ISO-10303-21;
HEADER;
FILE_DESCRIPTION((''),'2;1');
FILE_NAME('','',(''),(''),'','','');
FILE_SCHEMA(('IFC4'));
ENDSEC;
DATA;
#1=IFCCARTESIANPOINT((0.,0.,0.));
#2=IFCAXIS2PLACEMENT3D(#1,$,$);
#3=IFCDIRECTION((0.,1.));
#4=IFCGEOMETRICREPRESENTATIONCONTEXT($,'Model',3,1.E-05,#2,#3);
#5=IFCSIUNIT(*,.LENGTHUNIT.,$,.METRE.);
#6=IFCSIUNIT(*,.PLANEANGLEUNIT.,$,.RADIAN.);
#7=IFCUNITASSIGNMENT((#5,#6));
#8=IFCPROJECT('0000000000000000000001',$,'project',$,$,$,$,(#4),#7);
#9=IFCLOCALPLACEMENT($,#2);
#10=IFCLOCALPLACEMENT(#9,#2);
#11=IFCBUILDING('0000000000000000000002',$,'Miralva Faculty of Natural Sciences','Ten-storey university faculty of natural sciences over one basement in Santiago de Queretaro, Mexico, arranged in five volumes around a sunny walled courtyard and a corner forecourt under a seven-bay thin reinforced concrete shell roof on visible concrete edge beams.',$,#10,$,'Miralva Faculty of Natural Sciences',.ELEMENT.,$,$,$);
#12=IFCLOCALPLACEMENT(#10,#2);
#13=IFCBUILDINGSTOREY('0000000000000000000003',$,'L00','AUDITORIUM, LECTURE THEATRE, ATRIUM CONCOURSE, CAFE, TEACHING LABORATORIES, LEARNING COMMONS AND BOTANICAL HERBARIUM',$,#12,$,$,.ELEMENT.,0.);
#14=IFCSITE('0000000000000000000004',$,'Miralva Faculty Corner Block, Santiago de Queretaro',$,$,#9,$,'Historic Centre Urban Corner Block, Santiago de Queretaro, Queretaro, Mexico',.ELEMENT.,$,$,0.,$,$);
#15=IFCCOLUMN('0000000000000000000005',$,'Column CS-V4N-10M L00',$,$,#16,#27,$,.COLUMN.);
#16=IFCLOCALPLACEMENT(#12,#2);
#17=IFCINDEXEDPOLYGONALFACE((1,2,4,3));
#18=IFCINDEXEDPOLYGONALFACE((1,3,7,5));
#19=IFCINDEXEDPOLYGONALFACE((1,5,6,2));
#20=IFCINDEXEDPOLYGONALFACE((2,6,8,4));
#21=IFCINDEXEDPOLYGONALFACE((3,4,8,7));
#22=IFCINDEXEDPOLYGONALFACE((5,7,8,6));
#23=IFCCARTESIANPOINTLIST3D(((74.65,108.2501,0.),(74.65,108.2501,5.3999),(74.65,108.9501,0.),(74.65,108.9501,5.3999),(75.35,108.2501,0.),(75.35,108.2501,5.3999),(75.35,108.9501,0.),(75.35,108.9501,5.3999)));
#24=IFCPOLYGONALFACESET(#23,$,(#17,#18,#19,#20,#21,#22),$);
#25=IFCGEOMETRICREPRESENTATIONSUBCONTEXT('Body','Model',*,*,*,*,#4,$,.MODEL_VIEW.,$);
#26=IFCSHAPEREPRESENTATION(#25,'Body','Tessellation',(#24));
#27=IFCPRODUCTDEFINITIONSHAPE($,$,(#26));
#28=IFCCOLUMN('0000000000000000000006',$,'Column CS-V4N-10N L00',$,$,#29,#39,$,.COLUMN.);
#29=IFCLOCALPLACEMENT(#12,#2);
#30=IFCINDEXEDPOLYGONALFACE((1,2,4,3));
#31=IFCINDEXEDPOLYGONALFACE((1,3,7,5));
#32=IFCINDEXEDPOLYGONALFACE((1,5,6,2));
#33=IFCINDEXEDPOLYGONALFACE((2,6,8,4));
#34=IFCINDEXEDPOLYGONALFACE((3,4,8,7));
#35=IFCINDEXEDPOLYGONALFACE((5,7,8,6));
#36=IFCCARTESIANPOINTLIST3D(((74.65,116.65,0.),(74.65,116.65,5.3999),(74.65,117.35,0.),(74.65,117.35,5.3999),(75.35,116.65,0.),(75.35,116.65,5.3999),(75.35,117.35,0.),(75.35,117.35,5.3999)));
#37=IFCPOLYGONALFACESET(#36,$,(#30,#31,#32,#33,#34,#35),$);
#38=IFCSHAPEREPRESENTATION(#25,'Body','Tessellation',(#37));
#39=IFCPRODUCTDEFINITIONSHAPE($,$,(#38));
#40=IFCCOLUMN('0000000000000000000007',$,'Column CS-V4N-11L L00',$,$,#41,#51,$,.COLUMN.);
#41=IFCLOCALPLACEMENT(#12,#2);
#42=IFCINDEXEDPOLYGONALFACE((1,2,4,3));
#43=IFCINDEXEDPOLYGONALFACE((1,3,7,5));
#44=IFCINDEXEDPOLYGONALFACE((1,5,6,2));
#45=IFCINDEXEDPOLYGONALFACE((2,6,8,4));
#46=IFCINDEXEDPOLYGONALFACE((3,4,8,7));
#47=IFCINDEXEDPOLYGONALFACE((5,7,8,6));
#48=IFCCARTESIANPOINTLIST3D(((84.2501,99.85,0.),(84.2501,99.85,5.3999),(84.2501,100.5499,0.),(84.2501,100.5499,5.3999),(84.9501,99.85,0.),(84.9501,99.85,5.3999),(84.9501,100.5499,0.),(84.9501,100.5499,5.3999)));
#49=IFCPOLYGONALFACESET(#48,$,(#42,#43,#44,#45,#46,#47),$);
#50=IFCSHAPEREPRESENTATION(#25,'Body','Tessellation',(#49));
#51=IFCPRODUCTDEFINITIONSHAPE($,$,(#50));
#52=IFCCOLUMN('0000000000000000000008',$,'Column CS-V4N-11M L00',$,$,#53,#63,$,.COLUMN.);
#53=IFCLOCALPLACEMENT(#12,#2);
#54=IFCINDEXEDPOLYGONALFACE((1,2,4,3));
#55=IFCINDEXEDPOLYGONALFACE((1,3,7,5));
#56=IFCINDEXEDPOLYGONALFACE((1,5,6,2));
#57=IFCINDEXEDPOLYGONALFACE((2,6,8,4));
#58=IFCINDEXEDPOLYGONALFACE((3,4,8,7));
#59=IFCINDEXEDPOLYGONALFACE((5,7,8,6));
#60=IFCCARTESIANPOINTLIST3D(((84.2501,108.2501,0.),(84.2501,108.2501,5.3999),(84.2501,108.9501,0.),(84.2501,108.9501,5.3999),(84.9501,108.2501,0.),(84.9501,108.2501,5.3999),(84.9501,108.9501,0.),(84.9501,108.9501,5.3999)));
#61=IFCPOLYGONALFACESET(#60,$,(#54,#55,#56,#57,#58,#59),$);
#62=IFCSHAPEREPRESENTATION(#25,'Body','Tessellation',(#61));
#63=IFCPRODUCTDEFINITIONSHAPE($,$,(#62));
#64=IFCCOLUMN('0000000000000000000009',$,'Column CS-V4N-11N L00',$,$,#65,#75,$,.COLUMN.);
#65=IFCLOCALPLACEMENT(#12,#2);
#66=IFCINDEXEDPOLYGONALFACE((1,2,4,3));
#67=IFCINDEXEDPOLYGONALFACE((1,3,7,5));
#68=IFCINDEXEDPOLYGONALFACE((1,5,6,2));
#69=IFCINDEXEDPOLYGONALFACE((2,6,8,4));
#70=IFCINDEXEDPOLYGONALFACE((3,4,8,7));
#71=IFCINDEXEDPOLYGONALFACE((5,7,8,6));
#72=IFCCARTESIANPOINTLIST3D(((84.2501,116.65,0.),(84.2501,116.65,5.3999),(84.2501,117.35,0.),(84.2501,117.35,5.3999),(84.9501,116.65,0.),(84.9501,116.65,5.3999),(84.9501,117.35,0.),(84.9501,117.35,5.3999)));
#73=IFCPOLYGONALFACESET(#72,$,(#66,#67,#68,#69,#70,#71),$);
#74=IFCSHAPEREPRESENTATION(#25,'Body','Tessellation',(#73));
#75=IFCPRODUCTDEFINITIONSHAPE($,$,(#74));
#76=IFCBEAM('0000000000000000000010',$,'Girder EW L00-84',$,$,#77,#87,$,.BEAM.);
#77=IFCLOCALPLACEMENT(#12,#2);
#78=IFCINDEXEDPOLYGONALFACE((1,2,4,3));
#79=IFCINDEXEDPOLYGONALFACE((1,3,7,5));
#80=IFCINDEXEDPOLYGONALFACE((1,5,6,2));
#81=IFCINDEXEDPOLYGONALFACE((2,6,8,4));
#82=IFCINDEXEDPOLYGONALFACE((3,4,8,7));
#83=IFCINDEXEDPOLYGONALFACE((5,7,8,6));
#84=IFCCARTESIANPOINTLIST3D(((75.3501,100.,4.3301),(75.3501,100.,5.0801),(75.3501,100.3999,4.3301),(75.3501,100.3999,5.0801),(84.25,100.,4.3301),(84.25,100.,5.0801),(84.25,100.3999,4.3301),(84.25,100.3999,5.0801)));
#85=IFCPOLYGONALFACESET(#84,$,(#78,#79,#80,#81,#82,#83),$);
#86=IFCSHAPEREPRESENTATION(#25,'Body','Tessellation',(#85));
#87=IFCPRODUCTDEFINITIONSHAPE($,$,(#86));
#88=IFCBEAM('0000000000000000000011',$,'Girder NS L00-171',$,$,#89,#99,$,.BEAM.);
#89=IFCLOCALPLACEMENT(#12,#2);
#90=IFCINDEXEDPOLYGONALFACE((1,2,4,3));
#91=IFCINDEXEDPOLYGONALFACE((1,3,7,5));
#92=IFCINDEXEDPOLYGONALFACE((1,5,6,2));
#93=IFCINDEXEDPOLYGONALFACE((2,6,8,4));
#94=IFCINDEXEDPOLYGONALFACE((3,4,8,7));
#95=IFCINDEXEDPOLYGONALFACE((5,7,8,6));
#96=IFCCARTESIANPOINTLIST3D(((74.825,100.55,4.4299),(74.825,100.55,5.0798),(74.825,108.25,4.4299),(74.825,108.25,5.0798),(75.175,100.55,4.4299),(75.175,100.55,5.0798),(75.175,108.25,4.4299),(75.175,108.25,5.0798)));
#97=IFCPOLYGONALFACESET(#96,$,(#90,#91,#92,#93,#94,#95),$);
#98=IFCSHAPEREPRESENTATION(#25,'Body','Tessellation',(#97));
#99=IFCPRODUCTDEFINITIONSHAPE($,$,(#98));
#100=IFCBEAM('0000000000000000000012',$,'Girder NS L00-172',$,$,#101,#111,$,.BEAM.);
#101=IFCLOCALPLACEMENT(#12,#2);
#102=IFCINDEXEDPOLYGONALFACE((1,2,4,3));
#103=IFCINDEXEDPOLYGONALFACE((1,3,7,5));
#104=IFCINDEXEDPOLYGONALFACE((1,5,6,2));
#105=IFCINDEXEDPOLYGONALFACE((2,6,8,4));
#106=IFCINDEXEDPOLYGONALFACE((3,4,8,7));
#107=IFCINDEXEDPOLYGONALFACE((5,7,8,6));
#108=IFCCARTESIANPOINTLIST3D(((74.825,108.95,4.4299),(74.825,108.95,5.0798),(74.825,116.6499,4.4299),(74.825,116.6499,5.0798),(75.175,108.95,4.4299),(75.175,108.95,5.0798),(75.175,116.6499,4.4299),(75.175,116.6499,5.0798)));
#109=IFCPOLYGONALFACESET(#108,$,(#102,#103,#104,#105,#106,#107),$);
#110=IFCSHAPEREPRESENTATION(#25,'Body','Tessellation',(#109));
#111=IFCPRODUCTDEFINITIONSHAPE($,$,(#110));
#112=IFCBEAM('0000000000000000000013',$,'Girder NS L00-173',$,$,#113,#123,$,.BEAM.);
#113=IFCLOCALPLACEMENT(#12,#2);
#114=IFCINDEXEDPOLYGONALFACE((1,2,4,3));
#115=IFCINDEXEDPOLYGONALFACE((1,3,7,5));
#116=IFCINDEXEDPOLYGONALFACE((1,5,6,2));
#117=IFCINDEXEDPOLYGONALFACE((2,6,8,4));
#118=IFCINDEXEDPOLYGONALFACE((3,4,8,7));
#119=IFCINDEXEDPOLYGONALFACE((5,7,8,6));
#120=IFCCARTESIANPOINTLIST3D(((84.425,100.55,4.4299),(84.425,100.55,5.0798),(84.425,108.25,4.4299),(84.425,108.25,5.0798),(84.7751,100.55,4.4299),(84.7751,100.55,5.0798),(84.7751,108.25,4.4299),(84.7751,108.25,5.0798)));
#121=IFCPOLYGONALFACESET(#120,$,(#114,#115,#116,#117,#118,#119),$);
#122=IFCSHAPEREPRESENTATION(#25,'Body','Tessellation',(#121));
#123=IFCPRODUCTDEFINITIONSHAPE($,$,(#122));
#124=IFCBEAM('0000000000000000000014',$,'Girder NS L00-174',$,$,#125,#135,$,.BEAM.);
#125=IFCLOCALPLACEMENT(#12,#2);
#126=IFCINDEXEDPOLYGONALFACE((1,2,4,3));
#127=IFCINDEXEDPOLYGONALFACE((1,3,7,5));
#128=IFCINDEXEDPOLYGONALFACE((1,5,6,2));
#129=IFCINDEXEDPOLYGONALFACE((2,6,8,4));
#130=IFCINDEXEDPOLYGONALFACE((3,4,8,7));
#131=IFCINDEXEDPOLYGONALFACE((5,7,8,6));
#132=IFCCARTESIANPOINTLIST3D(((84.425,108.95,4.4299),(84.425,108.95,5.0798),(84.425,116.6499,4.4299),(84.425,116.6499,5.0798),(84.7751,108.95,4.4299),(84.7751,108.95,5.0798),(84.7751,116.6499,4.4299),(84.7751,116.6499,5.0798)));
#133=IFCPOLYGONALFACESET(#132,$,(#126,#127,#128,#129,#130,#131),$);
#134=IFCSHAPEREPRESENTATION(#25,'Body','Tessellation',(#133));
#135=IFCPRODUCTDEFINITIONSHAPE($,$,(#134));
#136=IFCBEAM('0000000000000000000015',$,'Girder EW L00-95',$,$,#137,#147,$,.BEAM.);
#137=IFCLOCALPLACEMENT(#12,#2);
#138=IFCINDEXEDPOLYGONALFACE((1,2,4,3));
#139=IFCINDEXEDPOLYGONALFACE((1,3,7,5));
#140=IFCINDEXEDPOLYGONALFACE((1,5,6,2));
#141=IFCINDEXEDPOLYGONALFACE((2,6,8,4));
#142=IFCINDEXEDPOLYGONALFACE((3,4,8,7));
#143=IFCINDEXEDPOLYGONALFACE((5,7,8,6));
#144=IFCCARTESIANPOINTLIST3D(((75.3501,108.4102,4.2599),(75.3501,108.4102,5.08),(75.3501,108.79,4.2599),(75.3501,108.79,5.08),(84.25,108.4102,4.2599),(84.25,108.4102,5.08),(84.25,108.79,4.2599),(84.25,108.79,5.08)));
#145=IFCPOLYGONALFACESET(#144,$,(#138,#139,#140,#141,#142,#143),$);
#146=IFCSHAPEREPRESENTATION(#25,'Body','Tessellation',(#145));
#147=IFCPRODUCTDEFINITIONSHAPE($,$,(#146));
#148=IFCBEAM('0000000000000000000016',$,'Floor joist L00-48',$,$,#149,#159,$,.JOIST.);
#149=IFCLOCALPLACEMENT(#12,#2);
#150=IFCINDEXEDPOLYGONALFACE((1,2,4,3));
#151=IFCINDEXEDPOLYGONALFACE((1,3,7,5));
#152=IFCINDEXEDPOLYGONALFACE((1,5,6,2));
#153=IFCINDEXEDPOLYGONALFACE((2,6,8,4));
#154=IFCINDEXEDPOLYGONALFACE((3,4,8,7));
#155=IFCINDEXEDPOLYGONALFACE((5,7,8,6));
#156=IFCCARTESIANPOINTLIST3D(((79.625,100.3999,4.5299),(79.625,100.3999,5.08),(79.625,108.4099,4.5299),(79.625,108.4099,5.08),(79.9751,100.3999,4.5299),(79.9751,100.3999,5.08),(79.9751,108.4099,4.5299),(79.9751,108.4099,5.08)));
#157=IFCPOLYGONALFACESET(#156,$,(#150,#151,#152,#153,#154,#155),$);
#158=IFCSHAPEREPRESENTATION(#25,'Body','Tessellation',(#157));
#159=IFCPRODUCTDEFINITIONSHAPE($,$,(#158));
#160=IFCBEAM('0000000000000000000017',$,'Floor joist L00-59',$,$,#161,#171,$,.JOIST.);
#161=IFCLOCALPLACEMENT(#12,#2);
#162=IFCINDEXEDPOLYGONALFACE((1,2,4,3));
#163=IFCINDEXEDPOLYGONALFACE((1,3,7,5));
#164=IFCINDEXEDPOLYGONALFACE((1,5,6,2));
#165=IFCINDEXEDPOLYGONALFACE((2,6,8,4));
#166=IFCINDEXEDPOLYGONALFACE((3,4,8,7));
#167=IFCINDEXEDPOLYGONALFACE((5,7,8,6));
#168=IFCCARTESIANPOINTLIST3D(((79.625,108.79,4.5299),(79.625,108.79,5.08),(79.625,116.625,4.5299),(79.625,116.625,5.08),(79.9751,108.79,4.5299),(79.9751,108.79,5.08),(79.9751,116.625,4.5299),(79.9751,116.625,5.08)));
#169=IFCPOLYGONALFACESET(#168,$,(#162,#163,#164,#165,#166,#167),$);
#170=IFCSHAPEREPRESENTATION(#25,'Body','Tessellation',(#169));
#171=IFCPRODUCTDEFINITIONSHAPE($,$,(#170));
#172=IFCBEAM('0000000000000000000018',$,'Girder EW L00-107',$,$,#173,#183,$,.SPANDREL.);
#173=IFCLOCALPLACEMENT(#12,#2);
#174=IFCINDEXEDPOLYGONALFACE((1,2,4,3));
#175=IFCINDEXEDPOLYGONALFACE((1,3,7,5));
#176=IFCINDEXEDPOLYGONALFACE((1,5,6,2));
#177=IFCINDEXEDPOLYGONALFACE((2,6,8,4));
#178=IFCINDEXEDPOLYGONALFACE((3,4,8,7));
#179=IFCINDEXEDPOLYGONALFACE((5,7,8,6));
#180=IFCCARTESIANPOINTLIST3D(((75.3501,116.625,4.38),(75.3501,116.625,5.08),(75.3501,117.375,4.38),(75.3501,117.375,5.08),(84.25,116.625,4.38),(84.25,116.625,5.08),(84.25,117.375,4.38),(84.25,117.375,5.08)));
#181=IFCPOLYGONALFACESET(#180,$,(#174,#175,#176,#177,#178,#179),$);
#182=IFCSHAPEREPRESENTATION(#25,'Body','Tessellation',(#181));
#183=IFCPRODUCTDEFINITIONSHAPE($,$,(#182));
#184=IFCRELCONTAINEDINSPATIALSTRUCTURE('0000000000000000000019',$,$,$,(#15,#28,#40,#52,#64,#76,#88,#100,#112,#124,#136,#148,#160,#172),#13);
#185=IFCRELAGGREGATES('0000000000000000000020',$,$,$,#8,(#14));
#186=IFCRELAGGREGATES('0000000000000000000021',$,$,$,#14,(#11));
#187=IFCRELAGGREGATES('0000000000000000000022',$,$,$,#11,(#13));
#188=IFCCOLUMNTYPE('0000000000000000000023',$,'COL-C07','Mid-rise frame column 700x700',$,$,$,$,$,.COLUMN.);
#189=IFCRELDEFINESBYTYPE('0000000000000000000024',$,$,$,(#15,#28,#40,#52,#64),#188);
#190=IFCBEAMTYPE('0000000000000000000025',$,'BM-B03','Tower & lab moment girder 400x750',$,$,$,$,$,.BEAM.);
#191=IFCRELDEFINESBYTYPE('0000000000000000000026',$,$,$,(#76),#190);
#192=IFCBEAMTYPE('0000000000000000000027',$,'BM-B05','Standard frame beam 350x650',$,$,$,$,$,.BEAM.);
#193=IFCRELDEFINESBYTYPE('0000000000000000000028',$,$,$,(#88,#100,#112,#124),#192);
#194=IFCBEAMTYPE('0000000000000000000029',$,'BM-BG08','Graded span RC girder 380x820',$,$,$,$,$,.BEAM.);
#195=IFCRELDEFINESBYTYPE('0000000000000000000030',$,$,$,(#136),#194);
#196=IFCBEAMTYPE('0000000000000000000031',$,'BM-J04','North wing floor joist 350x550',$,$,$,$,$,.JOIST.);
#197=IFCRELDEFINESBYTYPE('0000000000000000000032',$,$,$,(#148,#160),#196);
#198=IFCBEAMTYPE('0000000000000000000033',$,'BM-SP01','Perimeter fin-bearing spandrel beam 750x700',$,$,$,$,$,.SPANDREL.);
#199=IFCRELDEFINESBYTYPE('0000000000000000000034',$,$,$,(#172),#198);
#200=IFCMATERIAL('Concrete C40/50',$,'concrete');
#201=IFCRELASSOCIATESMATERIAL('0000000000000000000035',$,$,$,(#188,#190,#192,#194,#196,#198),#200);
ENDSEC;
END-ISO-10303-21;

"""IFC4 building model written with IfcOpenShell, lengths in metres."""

from ifc_helpers import new_model, si_unit, direction, frame, origin, origin_2d, place, context, subcontext, project, spatial, rectangle, extrude, material, material_profile, profile_set, type_object, element, save


model = new_model("IFC4")

# Units and contexts
model_context = context("Model", 3, precision=1e-05, world=origin(), true_north=direction((0.0, 1.0)))
body_context = subcontext(model_context, "Body", "Model", "MODEL_VIEW")
ifc_project = project(units=[si_unit("LENGTHUNIT", "METRE"), si_unit("PLANEANGLEUNIT", "RADIAN")], contexts=[model_context])

# Site, building, storey
site_placement = place(None, origin())
site = spatial("IfcSite", under=ifc_project, at=site_placement, Name="Miralva Faculty Corner Block, Santiago de Queretaro", LongName="Historic Centre Urban Corner Block, Santiago de Queretaro, Queretaro, Mexico", CompositionType="ELEMENT", RefElevation=0.0)
building_placement = place(site_placement, origin())
building = spatial("IfcBuilding", under=site, at=building_placement, Name="Miralva Faculty of Natural Sciences", Description="Ten-storey university faculty of natural sciences over one basement in Santiago de Queretaro, Mexico, arranged in five volumes around a sunny walled courtyard and a corner forecourt under a seven-bay thin reinforced concrete shell roof on visible concrete edge beams.", LongName="Miralva Faculty of Natural Sciences", CompositionType="ELEMENT")
storey_placement = place(building_placement, origin())
storey = spatial("IfcBuildingStorey", under=building, at=storey_placement, Name="L00", Description="AUDITORIUM, LECTURE THEATRE, ATRIUM CONCOURSE, CAFE, TEACHING LABORATORIES, LEARNING COMMONS AND BOTANICAL HERBARIUM", CompositionType="ELEMENT", Elevation=0.0)

# Columns
ifc_material_1 = material(Name="Concrete C40/50", Category="concrete")
ifc_material_profile_1 = material_profile(ifc_material_1, rectangle(XDim=0.7, YDim=0.7, at=origin_2d()), Name="RC 700x700")
ifc_profile_set_1 = profile_set([ifc_material_profile_1], Name="Concrete C40/50")
column_type = type_object("IfcColumnType", Name="COL-C07", Description="Mid-rise frame column 700x700", PredefinedType="COLUMN", material=ifc_profile_set_1)
for number, where, z_axis, x_axis, name in (
    (1, (75.0, 108.6001, 0.0), (0.0, 0.0, 1.0), (1.0, 0.0, 0.0), "Column CS-V4N-10M L00"),
    (2, (75.0, 117.0, 0.0), (0.0, 0.0, 1.0), (1.0, 0.0, 0.0), "Column CS-V4N-10N L00"),
    (3, (84.6001, 100.2, 0.0), (0.0, 0.0, 1.0), (1.0, 0.0, 0.0), "Column CS-V4N-11L L00"),
    (4, (84.6001, 108.6001, 0.0), (0.0, 0.0, 1.0), (1.0, 0.0, 0.0), "Column CS-V4N-11M L00"),
    (5, (84.6001, 117.0, 0.0), (0.0, 0.0, 1.0), (1.0, 0.0, 0.0), "Column CS-V4N-11N L00"),
):
    element("IfcColumn", number, at=place(storey_placement, frame(where, z_axis=z_axis, x_axis=x_axis)), inside=storey, type_object=column_type, Name=name, PredefinedType="COLUMN", context=body_context, shape_type="SweptSolid", body=[
        extrude(rectangle(XDim=0.7, YDim=0.7, at=origin_2d()), origin(), (0.0, 0.0, 1.0), 5.3999),
    ])

# Beams
ifc_material_profile_2 = material_profile(ifc_material_1, rectangle(XDim=0.3999, YDim=0.75, at=origin_2d()), Name="RC 400x750")
ifc_profile_set_2 = profile_set([ifc_material_profile_2], Name="Concrete C40/50")
beam_type_1 = type_object("IfcBeamType", Name="BM-B03", Description="Tower & lab moment girder 400x750", PredefinedType="BEAM", material=ifc_profile_set_2)
beam_1_placement = place(storey_placement, frame((75.3501, 100.2, 4.7051), z_axis=(1.0, 0.0, 0.0), x_axis=(0.0, 1.0, 0.0)))
element("IfcBeam", 6, at=beam_1_placement, inside=storey, type_object=beam_type_1, Name="Girder EW L00-84", PredefinedType="BEAM", context=body_context, shape_type="SweptSolid", body=[
    extrude(rectangle(XDim=0.3999, YDim=0.75, at=origin_2d()), origin(), (0.0, 0.0, 1.0), 8.8999),
])
ifc_material_profile_3 = material_profile(ifc_material_1, rectangle(XDim=0.3501, YDim=0.6499, at=origin_2d()), Name="RC 350x650")
ifc_profile_set_3 = profile_set([ifc_material_profile_3], Name="Concrete C40/50")
beam_type_2 = type_object("IfcBeamType", Name="BM-B05", Description="Standard frame beam 350x650", PredefinedType="BEAM", material=ifc_profile_set_3)
for number, where, z_axis, x_axis, name in (
    (7, (75.0, 100.55, 4.7549), (0.0, 1.0, 0.0), (-1.0, 0.0, 0.0), "Girder NS L00-171"),
    (8, (75.0, 108.95, 4.7549), (0.0, 1.0, 0.0), (-1.0, 0.0, 0.0), "Girder NS L00-172"),
    (9, (84.6001, 100.55, 4.7549), (0.0, 1.0, 0.0), (-1.0, 0.0, 0.0), "Girder NS L00-173"),
    (10, (84.6001, 108.95, 4.7549), (0.0, 1.0, 0.0), (-1.0, 0.0, 0.0), "Girder NS L00-174"),
):
    element("IfcBeam", number, at=place(storey_placement, frame(where, z_axis=z_axis, x_axis=x_axis)), inside=storey, type_object=beam_type_2, Name=name, PredefinedType="BEAM", context=body_context, shape_type="SweptSolid", body=[
        extrude(rectangle(XDim=0.3501, YDim=0.6499, at=origin_2d()), origin(), (0.0, 0.0, 1.0), 7.7),
    ])
ifc_material_profile_4 = material_profile(ifc_material_1, rectangle(XDim=0.3799, YDim=0.8201, at=origin_2d()), Name="RC 380x820")
ifc_profile_set_4 = profile_set([ifc_material_profile_4], Name="Concrete C40/50")
beam_type_3 = type_object("IfcBeamType", Name="BM-BG08", Description="Graded span RC girder 380x820", PredefinedType="BEAM", material=ifc_profile_set_4)
beam_2_placement = place(storey_placement, frame((75.3501, 108.6001, 4.6699), z_axis=(1.0, 0.0, 0.0), x_axis=(0.0, 1.0, 0.0)))
element("IfcBeam", 11, at=beam_2_placement, inside=storey, type_object=beam_type_3, Name="Girder EW L00-95", PredefinedType="BEAM", context=body_context, shape_type="SweptSolid", body=[
    extrude(rectangle(XDim=0.3799, YDim=0.8201, at=origin_2d()), origin(), (0.0, 0.0, 1.0), 8.8999),
])
ifc_material_profile_5 = material_profile(ifc_material_1, rectangle(XDim=0.3501, YDim=0.55, at=origin_2d()), Name="RC 350x550")
ifc_profile_set_5 = profile_set([ifc_material_profile_5], Name="Concrete C40/50")
beam_type_4 = type_object("IfcBeamType", Name="BM-J04", Description="North wing floor joist 350x550", PredefinedType="JOIST", material=ifc_profile_set_5)
beam_3_placement = place(storey_placement, frame((79.8, 100.3999, 4.8049), z_axis=(0.0, 1.0, 0.0), x_axis=(-1.0, 0.0, 0.0)))
element("IfcBeam", 12, at=beam_3_placement, inside=storey, type_object=beam_type_4, Name="Floor joist L00-48", PredefinedType="JOIST", context=body_context, shape_type="SweptSolid", body=[
    extrude(rectangle(XDim=0.3501, YDim=0.55, at=origin_2d()), origin(), (0.0, 0.0, 1.0), 8.01),
])
beam_4_placement = place(storey_placement, frame((79.8, 108.79, 4.8049), z_axis=(0.0, 1.0, 0.0), x_axis=(-1.0, 0.0, 0.0)))
element("IfcBeam", 13, at=beam_4_placement, inside=storey, type_object=beam_type_4, Name="Floor joist L00-59", PredefinedType="JOIST", context=body_context, shape_type="SweptSolid", body=[
    extrude(rectangle(XDim=0.3501, YDim=0.55, at=origin_2d()), origin(), (0.0, 0.0, 1.0), 7.835),
])
ifc_material_profile_6 = material_profile(ifc_material_1, rectangle(XDim=0.75, YDim=0.7, at=origin_2d()), Name="RC 750x700")
ifc_profile_set_6 = profile_set([ifc_material_profile_6], Name="Concrete C40/50")
beam_type_5 = type_object("IfcBeamType", Name="BM-SP01", Description="Perimeter fin-bearing spandrel beam 750x700", PredefinedType="SPANDREL", material=ifc_profile_set_6)
beam_5_placement = place(storey_placement, frame((75.3501, 117.0, 4.73), z_axis=(1.0, 0.0, 0.0), x_axis=(0.0, 1.0, 0.0)))
element("IfcBeam", 14, at=beam_5_placement, inside=storey, type_object=beam_type_5, Name="Girder EW L00-107", PredefinedType="SPANDREL", context=body_context, shape_type="SweptSolid", body=[
    extrude(rectangle(XDim=0.75, YDim=0.7, at=origin_2d()), origin(), (0.0, 0.0, 1.0), 8.8999),
])

save(model, "model.ifc")
